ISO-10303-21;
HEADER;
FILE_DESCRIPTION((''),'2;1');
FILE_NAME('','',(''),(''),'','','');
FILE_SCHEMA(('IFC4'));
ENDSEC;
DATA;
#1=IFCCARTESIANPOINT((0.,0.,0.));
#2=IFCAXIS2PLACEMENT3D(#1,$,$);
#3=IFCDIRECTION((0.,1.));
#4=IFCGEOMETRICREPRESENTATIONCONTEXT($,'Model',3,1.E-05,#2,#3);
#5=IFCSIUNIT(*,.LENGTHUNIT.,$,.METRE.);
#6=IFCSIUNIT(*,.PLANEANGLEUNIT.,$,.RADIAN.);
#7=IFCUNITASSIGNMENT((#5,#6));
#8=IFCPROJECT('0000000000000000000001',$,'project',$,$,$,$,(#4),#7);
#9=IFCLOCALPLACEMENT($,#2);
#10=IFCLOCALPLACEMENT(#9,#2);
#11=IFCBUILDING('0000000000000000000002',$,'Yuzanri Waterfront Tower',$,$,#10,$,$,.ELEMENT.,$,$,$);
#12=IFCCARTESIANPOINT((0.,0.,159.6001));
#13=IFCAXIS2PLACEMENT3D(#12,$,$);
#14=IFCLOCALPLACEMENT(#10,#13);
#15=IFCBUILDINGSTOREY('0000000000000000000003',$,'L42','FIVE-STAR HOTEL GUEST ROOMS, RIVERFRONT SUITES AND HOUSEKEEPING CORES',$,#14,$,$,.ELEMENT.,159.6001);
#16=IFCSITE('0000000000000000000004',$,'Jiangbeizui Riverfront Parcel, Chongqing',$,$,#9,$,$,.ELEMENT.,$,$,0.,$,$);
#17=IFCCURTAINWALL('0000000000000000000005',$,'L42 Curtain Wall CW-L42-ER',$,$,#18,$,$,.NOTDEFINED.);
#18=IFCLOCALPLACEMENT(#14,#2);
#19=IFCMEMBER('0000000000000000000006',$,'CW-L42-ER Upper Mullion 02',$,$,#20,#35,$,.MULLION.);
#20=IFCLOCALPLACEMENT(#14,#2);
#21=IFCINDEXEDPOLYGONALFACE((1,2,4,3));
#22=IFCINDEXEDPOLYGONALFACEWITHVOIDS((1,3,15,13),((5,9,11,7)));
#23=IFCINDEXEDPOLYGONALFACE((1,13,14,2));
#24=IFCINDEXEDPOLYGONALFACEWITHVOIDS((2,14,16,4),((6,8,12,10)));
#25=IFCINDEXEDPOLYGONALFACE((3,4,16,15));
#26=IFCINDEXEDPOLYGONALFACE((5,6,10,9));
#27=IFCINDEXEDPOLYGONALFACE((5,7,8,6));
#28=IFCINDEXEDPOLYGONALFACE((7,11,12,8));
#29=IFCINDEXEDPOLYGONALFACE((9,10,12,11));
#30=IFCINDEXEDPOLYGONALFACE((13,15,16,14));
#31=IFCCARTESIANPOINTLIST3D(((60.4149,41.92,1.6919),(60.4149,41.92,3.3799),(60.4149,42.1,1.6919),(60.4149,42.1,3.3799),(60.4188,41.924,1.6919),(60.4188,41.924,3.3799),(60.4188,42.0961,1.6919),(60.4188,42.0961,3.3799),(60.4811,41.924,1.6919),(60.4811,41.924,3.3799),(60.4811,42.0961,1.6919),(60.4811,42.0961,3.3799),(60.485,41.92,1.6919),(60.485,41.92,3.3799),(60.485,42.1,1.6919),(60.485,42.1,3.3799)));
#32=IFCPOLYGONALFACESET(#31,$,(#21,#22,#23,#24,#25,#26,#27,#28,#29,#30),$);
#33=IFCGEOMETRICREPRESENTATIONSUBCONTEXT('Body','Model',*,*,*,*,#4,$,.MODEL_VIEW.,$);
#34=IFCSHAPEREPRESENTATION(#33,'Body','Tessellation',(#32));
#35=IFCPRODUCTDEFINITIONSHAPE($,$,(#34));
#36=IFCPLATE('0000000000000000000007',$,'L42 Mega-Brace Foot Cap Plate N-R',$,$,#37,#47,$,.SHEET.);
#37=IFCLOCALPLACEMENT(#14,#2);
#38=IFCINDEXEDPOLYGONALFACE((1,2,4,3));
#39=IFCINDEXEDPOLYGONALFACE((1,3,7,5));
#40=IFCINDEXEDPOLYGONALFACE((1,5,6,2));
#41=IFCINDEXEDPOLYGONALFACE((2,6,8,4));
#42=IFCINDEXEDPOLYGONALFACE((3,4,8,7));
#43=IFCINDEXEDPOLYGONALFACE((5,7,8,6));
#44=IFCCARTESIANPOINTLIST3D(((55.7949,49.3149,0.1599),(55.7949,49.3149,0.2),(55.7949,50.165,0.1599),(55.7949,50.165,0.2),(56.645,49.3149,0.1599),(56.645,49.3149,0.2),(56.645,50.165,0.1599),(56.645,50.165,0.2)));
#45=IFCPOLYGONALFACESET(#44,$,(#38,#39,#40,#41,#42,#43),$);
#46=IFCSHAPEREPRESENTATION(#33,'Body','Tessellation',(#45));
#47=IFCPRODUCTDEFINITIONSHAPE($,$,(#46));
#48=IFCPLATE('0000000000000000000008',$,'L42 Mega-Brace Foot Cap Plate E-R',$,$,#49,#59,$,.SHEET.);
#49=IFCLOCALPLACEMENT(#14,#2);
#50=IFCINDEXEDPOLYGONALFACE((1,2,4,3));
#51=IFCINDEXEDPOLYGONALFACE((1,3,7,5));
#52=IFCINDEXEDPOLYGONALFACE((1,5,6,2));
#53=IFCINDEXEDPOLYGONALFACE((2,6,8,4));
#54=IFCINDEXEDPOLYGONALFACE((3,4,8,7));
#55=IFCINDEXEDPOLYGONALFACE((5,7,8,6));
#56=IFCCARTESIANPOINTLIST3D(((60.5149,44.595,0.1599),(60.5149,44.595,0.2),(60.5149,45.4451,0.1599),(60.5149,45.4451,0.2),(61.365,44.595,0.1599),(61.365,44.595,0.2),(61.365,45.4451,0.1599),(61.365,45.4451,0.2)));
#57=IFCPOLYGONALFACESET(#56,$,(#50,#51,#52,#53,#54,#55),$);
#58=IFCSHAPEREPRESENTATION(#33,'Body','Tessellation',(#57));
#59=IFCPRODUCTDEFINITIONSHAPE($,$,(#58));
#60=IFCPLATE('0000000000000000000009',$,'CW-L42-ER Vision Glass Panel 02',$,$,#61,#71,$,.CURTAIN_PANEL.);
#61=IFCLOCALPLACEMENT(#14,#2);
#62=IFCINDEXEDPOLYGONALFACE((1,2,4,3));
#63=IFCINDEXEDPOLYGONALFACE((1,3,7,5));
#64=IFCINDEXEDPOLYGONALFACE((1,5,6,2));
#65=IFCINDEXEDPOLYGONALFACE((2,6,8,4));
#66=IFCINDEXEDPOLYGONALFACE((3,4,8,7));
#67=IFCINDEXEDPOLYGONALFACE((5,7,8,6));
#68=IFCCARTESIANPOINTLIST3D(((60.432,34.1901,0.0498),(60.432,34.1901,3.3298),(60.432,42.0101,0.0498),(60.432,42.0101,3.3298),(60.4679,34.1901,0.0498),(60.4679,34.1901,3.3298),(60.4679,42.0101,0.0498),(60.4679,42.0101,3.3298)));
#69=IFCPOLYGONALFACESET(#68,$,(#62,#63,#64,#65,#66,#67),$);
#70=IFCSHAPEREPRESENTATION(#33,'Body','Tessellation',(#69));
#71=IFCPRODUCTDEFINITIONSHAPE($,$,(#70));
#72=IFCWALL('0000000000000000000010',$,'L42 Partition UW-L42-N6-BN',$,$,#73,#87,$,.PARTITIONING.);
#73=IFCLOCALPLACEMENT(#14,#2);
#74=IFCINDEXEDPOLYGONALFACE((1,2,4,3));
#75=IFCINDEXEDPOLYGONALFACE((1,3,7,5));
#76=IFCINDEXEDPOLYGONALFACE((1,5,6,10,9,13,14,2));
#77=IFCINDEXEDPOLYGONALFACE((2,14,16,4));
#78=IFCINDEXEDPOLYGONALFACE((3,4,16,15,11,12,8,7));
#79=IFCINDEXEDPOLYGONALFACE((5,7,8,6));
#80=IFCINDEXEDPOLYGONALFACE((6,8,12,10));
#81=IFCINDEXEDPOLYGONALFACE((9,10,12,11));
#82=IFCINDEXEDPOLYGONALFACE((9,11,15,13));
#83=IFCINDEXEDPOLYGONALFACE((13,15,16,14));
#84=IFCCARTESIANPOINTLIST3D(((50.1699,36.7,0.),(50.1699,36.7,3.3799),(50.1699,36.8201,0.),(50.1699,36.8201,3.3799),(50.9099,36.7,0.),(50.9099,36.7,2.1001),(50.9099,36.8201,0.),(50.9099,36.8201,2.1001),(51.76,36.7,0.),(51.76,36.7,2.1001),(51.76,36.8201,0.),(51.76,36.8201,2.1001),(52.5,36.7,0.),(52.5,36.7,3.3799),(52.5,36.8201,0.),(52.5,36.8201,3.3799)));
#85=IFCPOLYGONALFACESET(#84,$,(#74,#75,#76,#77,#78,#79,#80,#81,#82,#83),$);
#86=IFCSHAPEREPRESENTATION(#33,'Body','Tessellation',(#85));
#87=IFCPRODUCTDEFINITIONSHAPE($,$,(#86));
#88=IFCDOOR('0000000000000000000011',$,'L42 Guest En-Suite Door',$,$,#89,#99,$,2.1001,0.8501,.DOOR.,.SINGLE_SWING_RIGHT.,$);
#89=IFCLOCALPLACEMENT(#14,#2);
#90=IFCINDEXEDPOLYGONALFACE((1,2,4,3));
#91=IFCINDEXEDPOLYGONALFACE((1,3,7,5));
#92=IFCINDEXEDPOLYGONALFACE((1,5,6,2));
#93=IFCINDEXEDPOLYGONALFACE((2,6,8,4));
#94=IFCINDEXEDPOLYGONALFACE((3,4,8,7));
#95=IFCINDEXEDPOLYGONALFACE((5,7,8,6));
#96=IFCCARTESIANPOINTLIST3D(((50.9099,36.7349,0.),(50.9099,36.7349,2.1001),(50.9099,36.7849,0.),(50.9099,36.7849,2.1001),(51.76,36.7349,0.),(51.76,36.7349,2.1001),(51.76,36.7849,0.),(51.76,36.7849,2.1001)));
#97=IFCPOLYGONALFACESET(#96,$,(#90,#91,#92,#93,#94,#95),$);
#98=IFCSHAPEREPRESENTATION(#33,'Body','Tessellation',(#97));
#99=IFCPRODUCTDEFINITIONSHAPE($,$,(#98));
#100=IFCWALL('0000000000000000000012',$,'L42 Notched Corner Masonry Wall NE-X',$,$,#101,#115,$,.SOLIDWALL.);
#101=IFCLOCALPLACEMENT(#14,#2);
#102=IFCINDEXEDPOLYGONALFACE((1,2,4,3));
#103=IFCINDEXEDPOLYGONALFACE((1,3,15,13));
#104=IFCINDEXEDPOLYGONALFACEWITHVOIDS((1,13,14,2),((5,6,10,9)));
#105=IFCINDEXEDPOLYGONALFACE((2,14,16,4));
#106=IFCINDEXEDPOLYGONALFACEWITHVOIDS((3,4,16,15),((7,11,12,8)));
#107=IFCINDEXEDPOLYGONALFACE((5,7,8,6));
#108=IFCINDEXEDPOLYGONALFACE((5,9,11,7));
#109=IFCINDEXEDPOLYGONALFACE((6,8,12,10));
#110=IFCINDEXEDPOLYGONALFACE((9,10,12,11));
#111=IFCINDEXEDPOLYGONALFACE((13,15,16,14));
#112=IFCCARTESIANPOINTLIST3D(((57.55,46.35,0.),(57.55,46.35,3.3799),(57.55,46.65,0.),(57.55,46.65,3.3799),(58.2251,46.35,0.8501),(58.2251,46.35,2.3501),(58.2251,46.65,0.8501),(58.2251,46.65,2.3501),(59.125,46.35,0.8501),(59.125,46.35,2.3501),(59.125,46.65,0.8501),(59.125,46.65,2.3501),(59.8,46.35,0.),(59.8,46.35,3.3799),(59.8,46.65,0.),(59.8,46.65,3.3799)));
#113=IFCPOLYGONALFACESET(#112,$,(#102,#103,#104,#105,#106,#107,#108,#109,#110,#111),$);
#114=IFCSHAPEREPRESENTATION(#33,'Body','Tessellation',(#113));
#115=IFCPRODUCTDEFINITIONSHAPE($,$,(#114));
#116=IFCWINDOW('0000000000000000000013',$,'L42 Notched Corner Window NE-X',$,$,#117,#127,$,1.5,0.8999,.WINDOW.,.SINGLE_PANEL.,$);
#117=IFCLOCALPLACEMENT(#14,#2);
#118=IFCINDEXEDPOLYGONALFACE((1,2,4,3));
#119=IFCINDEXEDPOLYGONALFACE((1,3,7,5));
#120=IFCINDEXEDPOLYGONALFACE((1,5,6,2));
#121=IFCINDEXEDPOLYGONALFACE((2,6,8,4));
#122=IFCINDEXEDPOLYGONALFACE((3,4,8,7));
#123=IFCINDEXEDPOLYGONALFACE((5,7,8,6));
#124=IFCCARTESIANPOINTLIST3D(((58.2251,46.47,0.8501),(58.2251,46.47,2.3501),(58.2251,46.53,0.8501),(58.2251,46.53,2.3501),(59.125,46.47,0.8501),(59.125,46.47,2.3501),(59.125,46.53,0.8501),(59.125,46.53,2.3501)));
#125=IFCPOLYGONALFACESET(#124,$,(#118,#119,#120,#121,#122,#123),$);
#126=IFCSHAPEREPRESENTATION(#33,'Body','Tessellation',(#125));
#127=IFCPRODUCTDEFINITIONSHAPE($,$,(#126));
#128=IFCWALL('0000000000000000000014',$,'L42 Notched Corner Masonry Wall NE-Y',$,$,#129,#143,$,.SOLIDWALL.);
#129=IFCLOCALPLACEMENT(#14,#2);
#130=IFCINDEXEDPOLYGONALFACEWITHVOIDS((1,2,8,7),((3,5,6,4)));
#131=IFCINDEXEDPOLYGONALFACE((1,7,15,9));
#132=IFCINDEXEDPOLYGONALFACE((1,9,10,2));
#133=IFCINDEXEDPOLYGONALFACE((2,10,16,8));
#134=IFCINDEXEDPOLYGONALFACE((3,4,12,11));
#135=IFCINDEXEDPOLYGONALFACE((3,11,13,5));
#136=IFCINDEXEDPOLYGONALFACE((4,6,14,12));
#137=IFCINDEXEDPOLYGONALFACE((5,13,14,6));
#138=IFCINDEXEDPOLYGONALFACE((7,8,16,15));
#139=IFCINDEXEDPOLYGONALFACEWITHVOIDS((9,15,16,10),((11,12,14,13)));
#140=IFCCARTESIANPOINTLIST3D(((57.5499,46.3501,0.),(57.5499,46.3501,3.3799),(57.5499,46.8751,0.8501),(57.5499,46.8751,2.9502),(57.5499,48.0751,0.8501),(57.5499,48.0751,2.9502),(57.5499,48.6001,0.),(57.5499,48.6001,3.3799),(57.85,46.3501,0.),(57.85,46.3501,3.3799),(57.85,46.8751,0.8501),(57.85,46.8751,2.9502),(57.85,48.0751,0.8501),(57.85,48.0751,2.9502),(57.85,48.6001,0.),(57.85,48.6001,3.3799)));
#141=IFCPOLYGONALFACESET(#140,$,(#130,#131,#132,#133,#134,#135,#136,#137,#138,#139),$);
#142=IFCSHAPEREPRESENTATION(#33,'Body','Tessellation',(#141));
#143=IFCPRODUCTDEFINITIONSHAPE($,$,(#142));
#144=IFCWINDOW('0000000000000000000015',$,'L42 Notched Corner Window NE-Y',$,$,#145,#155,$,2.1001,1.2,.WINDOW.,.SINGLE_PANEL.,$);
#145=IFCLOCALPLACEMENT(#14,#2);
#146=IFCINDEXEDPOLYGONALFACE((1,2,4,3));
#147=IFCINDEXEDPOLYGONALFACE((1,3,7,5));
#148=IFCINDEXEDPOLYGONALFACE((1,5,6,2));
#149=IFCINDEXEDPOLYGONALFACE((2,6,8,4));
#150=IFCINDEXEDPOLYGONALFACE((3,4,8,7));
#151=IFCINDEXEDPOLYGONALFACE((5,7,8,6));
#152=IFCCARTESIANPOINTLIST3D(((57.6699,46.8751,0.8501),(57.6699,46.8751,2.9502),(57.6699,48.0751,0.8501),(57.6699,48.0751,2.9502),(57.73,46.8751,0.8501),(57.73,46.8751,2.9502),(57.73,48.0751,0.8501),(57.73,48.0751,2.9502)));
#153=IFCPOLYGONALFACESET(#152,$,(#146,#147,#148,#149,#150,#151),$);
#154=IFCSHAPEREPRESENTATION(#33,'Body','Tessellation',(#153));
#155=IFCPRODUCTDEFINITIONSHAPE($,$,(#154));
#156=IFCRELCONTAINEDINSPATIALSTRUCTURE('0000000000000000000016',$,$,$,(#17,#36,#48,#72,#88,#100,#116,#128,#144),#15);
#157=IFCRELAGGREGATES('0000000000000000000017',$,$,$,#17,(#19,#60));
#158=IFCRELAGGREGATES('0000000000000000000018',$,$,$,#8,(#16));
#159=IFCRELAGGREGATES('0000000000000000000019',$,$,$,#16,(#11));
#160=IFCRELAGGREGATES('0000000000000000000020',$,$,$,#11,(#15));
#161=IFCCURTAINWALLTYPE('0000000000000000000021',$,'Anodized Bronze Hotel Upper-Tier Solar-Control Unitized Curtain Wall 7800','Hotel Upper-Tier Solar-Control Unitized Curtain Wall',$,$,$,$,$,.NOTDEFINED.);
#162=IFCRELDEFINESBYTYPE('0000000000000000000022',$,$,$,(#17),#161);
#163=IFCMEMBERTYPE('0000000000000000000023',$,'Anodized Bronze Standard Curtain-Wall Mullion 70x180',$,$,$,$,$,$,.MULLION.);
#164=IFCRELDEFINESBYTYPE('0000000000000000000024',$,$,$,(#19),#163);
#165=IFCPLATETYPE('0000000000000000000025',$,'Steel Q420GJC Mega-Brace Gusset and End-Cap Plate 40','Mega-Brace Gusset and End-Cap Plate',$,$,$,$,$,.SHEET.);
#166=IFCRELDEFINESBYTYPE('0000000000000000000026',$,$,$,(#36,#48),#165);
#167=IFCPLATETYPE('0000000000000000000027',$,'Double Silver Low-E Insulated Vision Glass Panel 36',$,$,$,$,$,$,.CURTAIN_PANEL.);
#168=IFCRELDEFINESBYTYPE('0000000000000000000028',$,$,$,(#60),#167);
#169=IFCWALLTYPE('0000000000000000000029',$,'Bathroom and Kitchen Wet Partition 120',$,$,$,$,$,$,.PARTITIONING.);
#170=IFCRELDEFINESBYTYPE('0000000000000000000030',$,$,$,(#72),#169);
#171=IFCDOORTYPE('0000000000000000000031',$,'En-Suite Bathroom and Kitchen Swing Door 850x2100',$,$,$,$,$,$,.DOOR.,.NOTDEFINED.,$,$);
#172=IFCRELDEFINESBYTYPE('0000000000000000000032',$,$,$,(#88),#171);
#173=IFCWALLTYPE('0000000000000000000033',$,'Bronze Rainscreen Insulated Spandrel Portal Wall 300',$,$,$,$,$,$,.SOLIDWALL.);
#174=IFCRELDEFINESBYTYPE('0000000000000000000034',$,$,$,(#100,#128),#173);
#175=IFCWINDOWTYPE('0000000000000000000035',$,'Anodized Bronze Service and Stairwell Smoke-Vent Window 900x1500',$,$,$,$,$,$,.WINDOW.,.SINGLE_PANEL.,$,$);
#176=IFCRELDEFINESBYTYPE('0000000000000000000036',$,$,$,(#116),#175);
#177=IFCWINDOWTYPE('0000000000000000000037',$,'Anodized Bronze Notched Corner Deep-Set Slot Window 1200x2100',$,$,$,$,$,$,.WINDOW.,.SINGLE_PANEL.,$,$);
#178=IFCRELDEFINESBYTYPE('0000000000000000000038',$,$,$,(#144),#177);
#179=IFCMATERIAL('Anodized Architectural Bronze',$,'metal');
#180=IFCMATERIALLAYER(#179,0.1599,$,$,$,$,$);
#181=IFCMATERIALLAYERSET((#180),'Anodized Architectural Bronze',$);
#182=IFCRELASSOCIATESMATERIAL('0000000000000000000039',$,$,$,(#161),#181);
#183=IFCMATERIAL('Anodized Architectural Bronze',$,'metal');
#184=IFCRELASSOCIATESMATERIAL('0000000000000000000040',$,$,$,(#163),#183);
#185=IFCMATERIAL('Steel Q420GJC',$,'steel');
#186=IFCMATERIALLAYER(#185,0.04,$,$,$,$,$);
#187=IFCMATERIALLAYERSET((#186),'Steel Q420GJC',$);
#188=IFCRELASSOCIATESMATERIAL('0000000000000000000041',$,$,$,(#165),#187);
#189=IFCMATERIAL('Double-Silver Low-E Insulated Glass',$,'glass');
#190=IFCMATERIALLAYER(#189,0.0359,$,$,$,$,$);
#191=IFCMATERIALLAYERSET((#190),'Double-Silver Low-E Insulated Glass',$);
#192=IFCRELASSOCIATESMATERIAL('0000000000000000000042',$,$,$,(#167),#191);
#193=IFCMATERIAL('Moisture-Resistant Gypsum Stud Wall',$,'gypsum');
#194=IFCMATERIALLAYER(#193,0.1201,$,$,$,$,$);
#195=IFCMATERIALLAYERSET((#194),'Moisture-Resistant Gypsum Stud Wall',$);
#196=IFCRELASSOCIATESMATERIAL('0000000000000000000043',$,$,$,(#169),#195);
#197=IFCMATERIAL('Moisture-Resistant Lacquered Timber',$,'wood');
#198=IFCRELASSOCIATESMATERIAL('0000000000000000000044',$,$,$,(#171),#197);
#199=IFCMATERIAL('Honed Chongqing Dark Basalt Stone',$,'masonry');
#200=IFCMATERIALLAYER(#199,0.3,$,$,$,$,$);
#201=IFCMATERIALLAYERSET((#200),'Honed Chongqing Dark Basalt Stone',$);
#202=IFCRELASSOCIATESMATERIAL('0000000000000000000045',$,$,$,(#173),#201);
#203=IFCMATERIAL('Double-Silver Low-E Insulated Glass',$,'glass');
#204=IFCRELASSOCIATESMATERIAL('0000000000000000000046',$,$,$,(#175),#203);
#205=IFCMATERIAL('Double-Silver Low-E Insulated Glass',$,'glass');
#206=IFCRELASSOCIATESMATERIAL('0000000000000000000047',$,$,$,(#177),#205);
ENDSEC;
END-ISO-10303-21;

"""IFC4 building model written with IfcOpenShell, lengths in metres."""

from ifc_helpers import new_model, si_unit, direction, frame, frame_2d, origin, origin_2d, place, context, subcontext, project, spatial, rectangle, hollow_rectangle, extrude, source, transform, mapped, material, layer, layer_set, material_profile, profile_set, type_object, element, fill, aggregate, save


model = new_model("IFC4")

# Units and contexts
model_context = context("Model", 3, precision=1e-05, world=origin(), true_north=direction((0.0, 1.0)))
body_context = subcontext(model_context, "Body", "Model", "MODEL_VIEW")
ifc_project = project(units=[si_unit("LENGTHUNIT", "METRE"), si_unit("PLANEANGLEUNIT", "RADIAN")], contexts=[model_context])

# Site, building, storey
site_placement = place(None, origin())
site = spatial("IfcSite", under=ifc_project, at=site_placement, Name="Jiangbeizui Riverfront Parcel, Chongqing", CompositionType="ELEMENT", RefElevation=0.0)
building_placement = place(site_placement, origin())
building = spatial("IfcBuilding", under=site, at=building_placement, Name="Yuzanri Waterfront Tower", CompositionType="ELEMENT")
storey_placement = place(building_placement, frame((0.0, 0.0, 159.6001)))
storey = spatial("IfcBuildingStorey", under=building, at=storey_placement, Name="L42", Description="FIVE-STAR HOTEL GUEST ROOMS, RIVERFRONT SUITES AND HOUSEKEEPING CORES", CompositionType="ELEMENT", Elevation=159.6001)

# Curtain wall, member
ifc_material_1 = material(Name="Anodized Architectural Bronze", Category="metal")
ifc_layer_1 = layer(ifc_material_1, 0.1599)
ifc_layer_set_1 = layer_set([ifc_layer_1], Name="Anodized Architectural Bronze")
curtain_wall_type = type_object("IfcCurtainWallType", Name="Anodized Bronze Hotel Upper-Tier Solar-Control Unitized Curtain Wall 7800", Description="Hotel Upper-Tier Solar-Control Unitized Curtain Wall", PredefinedType="NOTDEFINED", material=ifc_layer_set_1)
ifc_material_2 = material(Name="Anodized Architectural Bronze", Category="metal")
ifc_material_profile_1 = material_profile(ifc_material_2, hollow_rectangle(XDim=0.0701, YDim=0.1799, WallThickness=0.0039, at=origin_2d()), Name="CWM 70x180")
ifc_profile_set_1 = profile_set([ifc_material_profile_1], Name="Anodized Architectural Bronze")
member_type_1 = type_object("IfcMemberType", Name="Anodized Bronze Standard Curtain-Wall Mullion 70x180", PredefinedType="MULLION", material=ifc_profile_set_1)
shared_shape_1 = source(origin(), body_context, "Body", "SweptSolid", [
    extrude(hollow_rectangle(XDim=0.0701, YDim=0.1799, WallThickness=0.0039, at=origin_2d()), origin(), (0.0, 0.0, 1.0), 1.688),
])
curtain_wall_1_placement = place(storey_placement, origin())
curtain_wall_1 = element("IfcCurtainWall", 1, at=curtain_wall_1_placement, inside=storey, type_object=curtain_wall_type, Name="L42 Curtain Wall CW-L42-ER", PredefinedType="NOTDEFINED")
member_1_placement = place(storey_placement, frame((60.45, 42.01, 1.6919), z_axis=(0.0, 0.0, 1.0), x_axis=(1.0, 0.0, 0.0)))
member_1 = element("IfcMember", 2, at=member_1_placement, type_object=member_type_1, Name="CW-L42-ER Upper Mullion 02", PredefinedType="MULLION", context=body_context, shape_type="MappedRepresentation", body=[
    mapped(shared_shape_1, transform((0.0, 0.0, 0.0), scale=1.0)),
])

# Plates
ifc_material_3 = material(Name="Steel Q420GJC", Category="steel")
ifc_layer_2 = layer(ifc_material_3, 0.04)
ifc_layer_set_2 = layer_set([ifc_layer_2], Name="Steel Q420GJC")
plate_type_1 = type_object("IfcPlateType", Name="Steel Q420GJC Mega-Brace Gusset and End-Cap Plate 40", Description="Mega-Brace Gusset and End-Cap Plate", PredefinedType="SHEET", material=ifc_layer_set_2)
shared_shape_2 = source(origin(), body_context, "Body", "SweptSolid", [
    extrude(rectangle(XDim=0.8501, YDim=0.8501, at=origin_2d()), origin(), (0.0, 0.0, 1.0), 0.04),
])
for number, where, z_axis, x_axis, name in (
    (3, (56.22, 49.74, 0.1599), (0.0, 0.0, 1.0), (1.0, 0.0, 0.0), "L42 Mega-Brace Foot Cap Plate N-R"),
    (4, (60.9399, 45.02, 0.1599), (0.0, 0.0, 1.0), (1.0, 0.0, 0.0), "L42 Mega-Brace Foot Cap Plate E-R"),
):
    element("IfcPlate", number, at=place(storey_placement, frame(where, z_axis=z_axis, x_axis=x_axis)), inside=storey, type_object=plate_type_1, Name=name, PredefinedType="SHEET", context=body_context, shape_type="MappedRepresentation", body=[
        mapped(shared_shape_2, transform((0.0, 0.0, 0.0), scale=1.0)),
    ])

# Plate
ifc_material_4 = material(Name="Double-Silver Low-E Insulated Glass", Category="glass")
ifc_layer_3 = layer(ifc_material_4, 0.0359)
ifc_layer_set_3 = layer_set([ifc_layer_3], Name="Double-Silver Low-E Insulated Glass")
plate_type_2 = type_object("IfcPlateType", Name="Double Silver Low-E Insulated Vision Glass Panel 36", PredefinedType="CURTAIN_PANEL", material=ifc_layer_set_3)
shared_shape_3 = source(origin(), body_context, "Body", "SweptSolid", [
    extrude(rectangle(XDim=7.8201, YDim=0.0359, at=origin_2d()), origin(), (0.0, 0.0, 1.0), 3.28),
])
plate_placement = place(storey_placement, frame((60.45, 38.1001, 0.0498), z_axis=(0.0, 0.0, 1.0), x_axis=(0.0, 1.0, 0.0)))
plate = element("IfcPlate", 5, at=plate_placement, type_object=plate_type_2, Name="CW-L42-ER Vision Glass Panel 02", PredefinedType="CURTAIN_PANEL", context=body_context, shape_type="MappedRepresentation", body=[
    mapped(shared_shape_3, transform((0.0, 0.0, 0.0), scale=1.0)),
])
aggregate(curtain_wall_1, [member_1, plate])

# Wall, opening, door
ifc_material_5 = material(Name="Moisture-Resistant Gypsum Stud Wall", Category="gypsum")
ifc_layer_4 = layer(ifc_material_5, 0.1201)
ifc_layer_set_4 = layer_set([ifc_layer_4], Name="Moisture-Resistant Gypsum Stud Wall")
wall_type_1 = type_object("IfcWallType", Name="Bathroom and Kitchen Wet Partition 120", PredefinedType="PARTITIONING", material=ifc_layer_set_4)
wall_1_placement = place(storey_placement, frame((50.1699, 36.76, 0.0), z_axis=(0.0, 0.0, 1.0), x_axis=(1.0, 0.0, 0.0)))
wall_1 = element("IfcWall", 6, at=wall_1_placement, inside=storey, type_object=wall_type_1, Name="L42 Partition UW-L42-N6-BN", PredefinedType="PARTITIONING", context=body_context, shape_type="SweptSolid", body=[
    extrude(rectangle(XDim=2.3301, YDim=0.1201, at=frame_2d((1.165, 0.0))), origin(), (0.0, 0.0, 1.0), 3.3799),
])
opening_1_placement = place(wall_1_placement, frame((0.74, 0.0, 0.0)))
opening_1 = element("IfcOpeningElement", 7, at=opening_1_placement, cuts=wall_1, PredefinedType="OPENING", context=body_context, shape_type="SweptSolid", body=[
    extrude(rectangle(XDim=0.8501, YDim=2.1001, at=frame_2d((0.425, 1.05))), frame((0.0, 0.075, 0.0), z_axis=(0.0, -1.0, 0.0), x_axis=(1.0, 0.0, 0.0)), (0.0, 0.0, 1.0), 0.1499),
])
ifc_material_6 = material(Name="Moisture-Resistant Lacquered Timber", Category="wood")
door_type_1 = type_object("IfcDoorType", Name="En-Suite Bathroom and Kitchen Swing Door 850x2100", OperationType="NOTDEFINED", PredefinedType="DOOR", material=ifc_material_6)
shared_shape_4 = source(origin(), body_context, "Body", "SweptSolid", [
    extrude(rectangle(XDim=0.8501, YDim=2.1001, at=frame_2d((0.425, 1.05))), frame((0.0, 0.0249, 0.0), z_axis=(0.0, -1.0, 0.0), x_axis=(1.0, 0.0, 0.0)), (0.0, 0.0, 1.0), 0.05),
])
door_1_placement = place(opening_1_placement, origin())
door_1 = element("IfcDoor", 8, at=door_1_placement, inside=storey, type_object=door_type_1, Name="L42 Guest En-Suite Door", OperationType="SINGLE_SWING_RIGHT", OverallHeight=2.1001, OverallWidth=0.8501, PredefinedType="DOOR", context=body_context, shape_type="MappedRepresentation", body=[
    mapped(shared_shape_4, transform((0.0, 0.0, 0.0), scale=1.0)),
])
fill(opening_1, door_1)

# Walls, openings, windows
ifc_material_7 = material(Name="Honed Chongqing Dark Basalt Stone", Category="masonry")
ifc_layer_5 = layer(ifc_material_7, 0.3)
ifc_layer_set_5 = layer_set([ifc_layer_5], Name="Honed Chongqing Dark Basalt Stone")
wall_type_2 = type_object("IfcWallType", Name="Bronze Rainscreen Insulated Spandrel Portal Wall 300", PredefinedType="SOLIDWALL", material=ifc_layer_set_5)
wall_2_placement = place(storey_placement, frame((59.8, 46.5, 0.0), z_axis=(0.0, 0.0, 1.0), x_axis=(-1.0, 0.0, 0.0)))
wall_2 = element("IfcWall", 9, at=wall_2_placement, inside=storey, type_object=wall_type_2, Name="L42 Notched Corner Masonry Wall NE-X", PredefinedType="SOLIDWALL", context=body_context, shape_type="SweptSolid", body=[
    extrude(rectangle(XDim=2.25, YDim=0.3, at=frame_2d((1.125, 0.0))), origin(), (0.0, 0.0, 1.0), 3.3799),
])
opening_2_placement = place(wall_2_placement, frame((0.675, 0.0, 0.8501)))
opening_2 = element("IfcOpeningElement", 10, at=opening_2_placement, cuts=wall_2, PredefinedType="OPENING", context=body_context, shape_type="SweptSolid", body=[
    extrude(rectangle(XDim=0.8999, YDim=1.5, at=frame_2d((0.45, 0.75))), frame((0.0, 0.165, 0.0), z_axis=(0.0, -1.0, 0.0), x_axis=(1.0, 0.0, 0.0)), (0.0, 0.0, 1.0), 0.3298),
])
ifc_material_8 = material(Name="Double-Silver Low-E Insulated Glass", Category="glass")
window_type_1 = type_object("IfcWindowType", Name="Anodized Bronze Service and Stairwell Smoke-Vent Window 900x1500", PartitioningType="SINGLE_PANEL", PredefinedType="WINDOW", material=ifc_material_8)
shared_shape_5 = source(origin(), body_context, "Body", "SweptSolid", [
    extrude(rectangle(XDim=0.8999, YDim=1.5, at=frame_2d((0.45, 0.75))), frame((0.0, 0.03, 0.0), z_axis=(0.0, -1.0, 0.0), x_axis=(1.0, 0.0, 0.0)), (0.0, 0.0, 1.0), 0.0601),
])
window_1_placement = place(opening_2_placement, origin())
window_1 = element("IfcWindow", 11, at=window_1_placement, inside=storey, type_object=window_type_1, Name="L42 Notched Corner Window NE-X", OverallHeight=1.5, OverallWidth=0.8999, PartitioningType="SINGLE_PANEL", PredefinedType="WINDOW", context=body_context, shape_type="MappedRepresentation", body=[
    mapped(shared_shape_5, transform((0.0, 0.0, 0.0), scale=1.0)),
])
fill(opening_2, window_1)
wall_3_placement = place(storey_placement, frame((57.7, 46.3501, 0.0), z_axis=(0.0, 0.0, 1.0), x_axis=(0.0, 1.0, 0.0)))
wall_3 = element("IfcWall", 12, at=wall_3_placement, inside=storey, type_object=wall_type_2, Name="L42 Notched Corner Masonry Wall NE-Y", PredefinedType="SOLIDWALL", context=body_context, shape_type="SweptSolid", body=[
    extrude(rectangle(XDim=2.25, YDim=0.3, at=frame_2d((1.125, 0.0))), origin(), (0.0, 0.0, 1.0), 3.3799),
])
opening_3_placement = place(wall_3_placement, frame((0.5249, 0.0, 0.8501)))
opening_3 = element("IfcOpeningElement", 13, at=opening_3_placement, cuts=wall_3, PredefinedType="OPENING", context=body_context, shape_type="SweptSolid", body=[
    extrude(rectangle(XDim=1.2, YDim=2.1001, at=frame_2d((0.6001, 1.05))), frame((0.0, 0.165, 0.0), z_axis=(0.0, -1.0, 0.0), x_axis=(1.0, 0.0, 0.0)), (0.0, 0.0, 1.0), 0.3298),
])
ifc_material_9 = material(Name="Double-Silver Low-E Insulated Glass", Category="glass")
window_type_2 = type_object("IfcWindowType", Name="Anodized Bronze Notched Corner Deep-Set Slot Window 1200x2100", PartitioningType="SINGLE_PANEL", PredefinedType="WINDOW", material=ifc_material_9)
shared_shape_6 = source(origin(), body_context, "Body", "SweptSolid", [
    extrude(rectangle(XDim=1.2, YDim=2.1001, at=frame_2d((0.6001, 1.05))), frame((0.0, 0.03, 0.0), z_axis=(0.0, -1.0, 0.0), x_axis=(1.0, 0.0, 0.0)), (0.0, 0.0, 1.0), 0.0601),
])
window_2_placement = place(opening_3_placement, origin())
window_2 = element("IfcWindow", 14, at=window_2_placement, inside=storey, type_object=window_type_2, Name="L42 Notched Corner Window NE-Y", OverallHeight=2.1001, OverallWidth=1.2, PartitioningType="SINGLE_PANEL", PredefinedType="WINDOW", context=body_context, shape_type="MappedRepresentation", body=[
    mapped(shared_shape_6, transform((0.0, 0.0, 0.0), scale=1.0)),
])
fill(opening_3, window_2)

save(model, "model.ifc")
